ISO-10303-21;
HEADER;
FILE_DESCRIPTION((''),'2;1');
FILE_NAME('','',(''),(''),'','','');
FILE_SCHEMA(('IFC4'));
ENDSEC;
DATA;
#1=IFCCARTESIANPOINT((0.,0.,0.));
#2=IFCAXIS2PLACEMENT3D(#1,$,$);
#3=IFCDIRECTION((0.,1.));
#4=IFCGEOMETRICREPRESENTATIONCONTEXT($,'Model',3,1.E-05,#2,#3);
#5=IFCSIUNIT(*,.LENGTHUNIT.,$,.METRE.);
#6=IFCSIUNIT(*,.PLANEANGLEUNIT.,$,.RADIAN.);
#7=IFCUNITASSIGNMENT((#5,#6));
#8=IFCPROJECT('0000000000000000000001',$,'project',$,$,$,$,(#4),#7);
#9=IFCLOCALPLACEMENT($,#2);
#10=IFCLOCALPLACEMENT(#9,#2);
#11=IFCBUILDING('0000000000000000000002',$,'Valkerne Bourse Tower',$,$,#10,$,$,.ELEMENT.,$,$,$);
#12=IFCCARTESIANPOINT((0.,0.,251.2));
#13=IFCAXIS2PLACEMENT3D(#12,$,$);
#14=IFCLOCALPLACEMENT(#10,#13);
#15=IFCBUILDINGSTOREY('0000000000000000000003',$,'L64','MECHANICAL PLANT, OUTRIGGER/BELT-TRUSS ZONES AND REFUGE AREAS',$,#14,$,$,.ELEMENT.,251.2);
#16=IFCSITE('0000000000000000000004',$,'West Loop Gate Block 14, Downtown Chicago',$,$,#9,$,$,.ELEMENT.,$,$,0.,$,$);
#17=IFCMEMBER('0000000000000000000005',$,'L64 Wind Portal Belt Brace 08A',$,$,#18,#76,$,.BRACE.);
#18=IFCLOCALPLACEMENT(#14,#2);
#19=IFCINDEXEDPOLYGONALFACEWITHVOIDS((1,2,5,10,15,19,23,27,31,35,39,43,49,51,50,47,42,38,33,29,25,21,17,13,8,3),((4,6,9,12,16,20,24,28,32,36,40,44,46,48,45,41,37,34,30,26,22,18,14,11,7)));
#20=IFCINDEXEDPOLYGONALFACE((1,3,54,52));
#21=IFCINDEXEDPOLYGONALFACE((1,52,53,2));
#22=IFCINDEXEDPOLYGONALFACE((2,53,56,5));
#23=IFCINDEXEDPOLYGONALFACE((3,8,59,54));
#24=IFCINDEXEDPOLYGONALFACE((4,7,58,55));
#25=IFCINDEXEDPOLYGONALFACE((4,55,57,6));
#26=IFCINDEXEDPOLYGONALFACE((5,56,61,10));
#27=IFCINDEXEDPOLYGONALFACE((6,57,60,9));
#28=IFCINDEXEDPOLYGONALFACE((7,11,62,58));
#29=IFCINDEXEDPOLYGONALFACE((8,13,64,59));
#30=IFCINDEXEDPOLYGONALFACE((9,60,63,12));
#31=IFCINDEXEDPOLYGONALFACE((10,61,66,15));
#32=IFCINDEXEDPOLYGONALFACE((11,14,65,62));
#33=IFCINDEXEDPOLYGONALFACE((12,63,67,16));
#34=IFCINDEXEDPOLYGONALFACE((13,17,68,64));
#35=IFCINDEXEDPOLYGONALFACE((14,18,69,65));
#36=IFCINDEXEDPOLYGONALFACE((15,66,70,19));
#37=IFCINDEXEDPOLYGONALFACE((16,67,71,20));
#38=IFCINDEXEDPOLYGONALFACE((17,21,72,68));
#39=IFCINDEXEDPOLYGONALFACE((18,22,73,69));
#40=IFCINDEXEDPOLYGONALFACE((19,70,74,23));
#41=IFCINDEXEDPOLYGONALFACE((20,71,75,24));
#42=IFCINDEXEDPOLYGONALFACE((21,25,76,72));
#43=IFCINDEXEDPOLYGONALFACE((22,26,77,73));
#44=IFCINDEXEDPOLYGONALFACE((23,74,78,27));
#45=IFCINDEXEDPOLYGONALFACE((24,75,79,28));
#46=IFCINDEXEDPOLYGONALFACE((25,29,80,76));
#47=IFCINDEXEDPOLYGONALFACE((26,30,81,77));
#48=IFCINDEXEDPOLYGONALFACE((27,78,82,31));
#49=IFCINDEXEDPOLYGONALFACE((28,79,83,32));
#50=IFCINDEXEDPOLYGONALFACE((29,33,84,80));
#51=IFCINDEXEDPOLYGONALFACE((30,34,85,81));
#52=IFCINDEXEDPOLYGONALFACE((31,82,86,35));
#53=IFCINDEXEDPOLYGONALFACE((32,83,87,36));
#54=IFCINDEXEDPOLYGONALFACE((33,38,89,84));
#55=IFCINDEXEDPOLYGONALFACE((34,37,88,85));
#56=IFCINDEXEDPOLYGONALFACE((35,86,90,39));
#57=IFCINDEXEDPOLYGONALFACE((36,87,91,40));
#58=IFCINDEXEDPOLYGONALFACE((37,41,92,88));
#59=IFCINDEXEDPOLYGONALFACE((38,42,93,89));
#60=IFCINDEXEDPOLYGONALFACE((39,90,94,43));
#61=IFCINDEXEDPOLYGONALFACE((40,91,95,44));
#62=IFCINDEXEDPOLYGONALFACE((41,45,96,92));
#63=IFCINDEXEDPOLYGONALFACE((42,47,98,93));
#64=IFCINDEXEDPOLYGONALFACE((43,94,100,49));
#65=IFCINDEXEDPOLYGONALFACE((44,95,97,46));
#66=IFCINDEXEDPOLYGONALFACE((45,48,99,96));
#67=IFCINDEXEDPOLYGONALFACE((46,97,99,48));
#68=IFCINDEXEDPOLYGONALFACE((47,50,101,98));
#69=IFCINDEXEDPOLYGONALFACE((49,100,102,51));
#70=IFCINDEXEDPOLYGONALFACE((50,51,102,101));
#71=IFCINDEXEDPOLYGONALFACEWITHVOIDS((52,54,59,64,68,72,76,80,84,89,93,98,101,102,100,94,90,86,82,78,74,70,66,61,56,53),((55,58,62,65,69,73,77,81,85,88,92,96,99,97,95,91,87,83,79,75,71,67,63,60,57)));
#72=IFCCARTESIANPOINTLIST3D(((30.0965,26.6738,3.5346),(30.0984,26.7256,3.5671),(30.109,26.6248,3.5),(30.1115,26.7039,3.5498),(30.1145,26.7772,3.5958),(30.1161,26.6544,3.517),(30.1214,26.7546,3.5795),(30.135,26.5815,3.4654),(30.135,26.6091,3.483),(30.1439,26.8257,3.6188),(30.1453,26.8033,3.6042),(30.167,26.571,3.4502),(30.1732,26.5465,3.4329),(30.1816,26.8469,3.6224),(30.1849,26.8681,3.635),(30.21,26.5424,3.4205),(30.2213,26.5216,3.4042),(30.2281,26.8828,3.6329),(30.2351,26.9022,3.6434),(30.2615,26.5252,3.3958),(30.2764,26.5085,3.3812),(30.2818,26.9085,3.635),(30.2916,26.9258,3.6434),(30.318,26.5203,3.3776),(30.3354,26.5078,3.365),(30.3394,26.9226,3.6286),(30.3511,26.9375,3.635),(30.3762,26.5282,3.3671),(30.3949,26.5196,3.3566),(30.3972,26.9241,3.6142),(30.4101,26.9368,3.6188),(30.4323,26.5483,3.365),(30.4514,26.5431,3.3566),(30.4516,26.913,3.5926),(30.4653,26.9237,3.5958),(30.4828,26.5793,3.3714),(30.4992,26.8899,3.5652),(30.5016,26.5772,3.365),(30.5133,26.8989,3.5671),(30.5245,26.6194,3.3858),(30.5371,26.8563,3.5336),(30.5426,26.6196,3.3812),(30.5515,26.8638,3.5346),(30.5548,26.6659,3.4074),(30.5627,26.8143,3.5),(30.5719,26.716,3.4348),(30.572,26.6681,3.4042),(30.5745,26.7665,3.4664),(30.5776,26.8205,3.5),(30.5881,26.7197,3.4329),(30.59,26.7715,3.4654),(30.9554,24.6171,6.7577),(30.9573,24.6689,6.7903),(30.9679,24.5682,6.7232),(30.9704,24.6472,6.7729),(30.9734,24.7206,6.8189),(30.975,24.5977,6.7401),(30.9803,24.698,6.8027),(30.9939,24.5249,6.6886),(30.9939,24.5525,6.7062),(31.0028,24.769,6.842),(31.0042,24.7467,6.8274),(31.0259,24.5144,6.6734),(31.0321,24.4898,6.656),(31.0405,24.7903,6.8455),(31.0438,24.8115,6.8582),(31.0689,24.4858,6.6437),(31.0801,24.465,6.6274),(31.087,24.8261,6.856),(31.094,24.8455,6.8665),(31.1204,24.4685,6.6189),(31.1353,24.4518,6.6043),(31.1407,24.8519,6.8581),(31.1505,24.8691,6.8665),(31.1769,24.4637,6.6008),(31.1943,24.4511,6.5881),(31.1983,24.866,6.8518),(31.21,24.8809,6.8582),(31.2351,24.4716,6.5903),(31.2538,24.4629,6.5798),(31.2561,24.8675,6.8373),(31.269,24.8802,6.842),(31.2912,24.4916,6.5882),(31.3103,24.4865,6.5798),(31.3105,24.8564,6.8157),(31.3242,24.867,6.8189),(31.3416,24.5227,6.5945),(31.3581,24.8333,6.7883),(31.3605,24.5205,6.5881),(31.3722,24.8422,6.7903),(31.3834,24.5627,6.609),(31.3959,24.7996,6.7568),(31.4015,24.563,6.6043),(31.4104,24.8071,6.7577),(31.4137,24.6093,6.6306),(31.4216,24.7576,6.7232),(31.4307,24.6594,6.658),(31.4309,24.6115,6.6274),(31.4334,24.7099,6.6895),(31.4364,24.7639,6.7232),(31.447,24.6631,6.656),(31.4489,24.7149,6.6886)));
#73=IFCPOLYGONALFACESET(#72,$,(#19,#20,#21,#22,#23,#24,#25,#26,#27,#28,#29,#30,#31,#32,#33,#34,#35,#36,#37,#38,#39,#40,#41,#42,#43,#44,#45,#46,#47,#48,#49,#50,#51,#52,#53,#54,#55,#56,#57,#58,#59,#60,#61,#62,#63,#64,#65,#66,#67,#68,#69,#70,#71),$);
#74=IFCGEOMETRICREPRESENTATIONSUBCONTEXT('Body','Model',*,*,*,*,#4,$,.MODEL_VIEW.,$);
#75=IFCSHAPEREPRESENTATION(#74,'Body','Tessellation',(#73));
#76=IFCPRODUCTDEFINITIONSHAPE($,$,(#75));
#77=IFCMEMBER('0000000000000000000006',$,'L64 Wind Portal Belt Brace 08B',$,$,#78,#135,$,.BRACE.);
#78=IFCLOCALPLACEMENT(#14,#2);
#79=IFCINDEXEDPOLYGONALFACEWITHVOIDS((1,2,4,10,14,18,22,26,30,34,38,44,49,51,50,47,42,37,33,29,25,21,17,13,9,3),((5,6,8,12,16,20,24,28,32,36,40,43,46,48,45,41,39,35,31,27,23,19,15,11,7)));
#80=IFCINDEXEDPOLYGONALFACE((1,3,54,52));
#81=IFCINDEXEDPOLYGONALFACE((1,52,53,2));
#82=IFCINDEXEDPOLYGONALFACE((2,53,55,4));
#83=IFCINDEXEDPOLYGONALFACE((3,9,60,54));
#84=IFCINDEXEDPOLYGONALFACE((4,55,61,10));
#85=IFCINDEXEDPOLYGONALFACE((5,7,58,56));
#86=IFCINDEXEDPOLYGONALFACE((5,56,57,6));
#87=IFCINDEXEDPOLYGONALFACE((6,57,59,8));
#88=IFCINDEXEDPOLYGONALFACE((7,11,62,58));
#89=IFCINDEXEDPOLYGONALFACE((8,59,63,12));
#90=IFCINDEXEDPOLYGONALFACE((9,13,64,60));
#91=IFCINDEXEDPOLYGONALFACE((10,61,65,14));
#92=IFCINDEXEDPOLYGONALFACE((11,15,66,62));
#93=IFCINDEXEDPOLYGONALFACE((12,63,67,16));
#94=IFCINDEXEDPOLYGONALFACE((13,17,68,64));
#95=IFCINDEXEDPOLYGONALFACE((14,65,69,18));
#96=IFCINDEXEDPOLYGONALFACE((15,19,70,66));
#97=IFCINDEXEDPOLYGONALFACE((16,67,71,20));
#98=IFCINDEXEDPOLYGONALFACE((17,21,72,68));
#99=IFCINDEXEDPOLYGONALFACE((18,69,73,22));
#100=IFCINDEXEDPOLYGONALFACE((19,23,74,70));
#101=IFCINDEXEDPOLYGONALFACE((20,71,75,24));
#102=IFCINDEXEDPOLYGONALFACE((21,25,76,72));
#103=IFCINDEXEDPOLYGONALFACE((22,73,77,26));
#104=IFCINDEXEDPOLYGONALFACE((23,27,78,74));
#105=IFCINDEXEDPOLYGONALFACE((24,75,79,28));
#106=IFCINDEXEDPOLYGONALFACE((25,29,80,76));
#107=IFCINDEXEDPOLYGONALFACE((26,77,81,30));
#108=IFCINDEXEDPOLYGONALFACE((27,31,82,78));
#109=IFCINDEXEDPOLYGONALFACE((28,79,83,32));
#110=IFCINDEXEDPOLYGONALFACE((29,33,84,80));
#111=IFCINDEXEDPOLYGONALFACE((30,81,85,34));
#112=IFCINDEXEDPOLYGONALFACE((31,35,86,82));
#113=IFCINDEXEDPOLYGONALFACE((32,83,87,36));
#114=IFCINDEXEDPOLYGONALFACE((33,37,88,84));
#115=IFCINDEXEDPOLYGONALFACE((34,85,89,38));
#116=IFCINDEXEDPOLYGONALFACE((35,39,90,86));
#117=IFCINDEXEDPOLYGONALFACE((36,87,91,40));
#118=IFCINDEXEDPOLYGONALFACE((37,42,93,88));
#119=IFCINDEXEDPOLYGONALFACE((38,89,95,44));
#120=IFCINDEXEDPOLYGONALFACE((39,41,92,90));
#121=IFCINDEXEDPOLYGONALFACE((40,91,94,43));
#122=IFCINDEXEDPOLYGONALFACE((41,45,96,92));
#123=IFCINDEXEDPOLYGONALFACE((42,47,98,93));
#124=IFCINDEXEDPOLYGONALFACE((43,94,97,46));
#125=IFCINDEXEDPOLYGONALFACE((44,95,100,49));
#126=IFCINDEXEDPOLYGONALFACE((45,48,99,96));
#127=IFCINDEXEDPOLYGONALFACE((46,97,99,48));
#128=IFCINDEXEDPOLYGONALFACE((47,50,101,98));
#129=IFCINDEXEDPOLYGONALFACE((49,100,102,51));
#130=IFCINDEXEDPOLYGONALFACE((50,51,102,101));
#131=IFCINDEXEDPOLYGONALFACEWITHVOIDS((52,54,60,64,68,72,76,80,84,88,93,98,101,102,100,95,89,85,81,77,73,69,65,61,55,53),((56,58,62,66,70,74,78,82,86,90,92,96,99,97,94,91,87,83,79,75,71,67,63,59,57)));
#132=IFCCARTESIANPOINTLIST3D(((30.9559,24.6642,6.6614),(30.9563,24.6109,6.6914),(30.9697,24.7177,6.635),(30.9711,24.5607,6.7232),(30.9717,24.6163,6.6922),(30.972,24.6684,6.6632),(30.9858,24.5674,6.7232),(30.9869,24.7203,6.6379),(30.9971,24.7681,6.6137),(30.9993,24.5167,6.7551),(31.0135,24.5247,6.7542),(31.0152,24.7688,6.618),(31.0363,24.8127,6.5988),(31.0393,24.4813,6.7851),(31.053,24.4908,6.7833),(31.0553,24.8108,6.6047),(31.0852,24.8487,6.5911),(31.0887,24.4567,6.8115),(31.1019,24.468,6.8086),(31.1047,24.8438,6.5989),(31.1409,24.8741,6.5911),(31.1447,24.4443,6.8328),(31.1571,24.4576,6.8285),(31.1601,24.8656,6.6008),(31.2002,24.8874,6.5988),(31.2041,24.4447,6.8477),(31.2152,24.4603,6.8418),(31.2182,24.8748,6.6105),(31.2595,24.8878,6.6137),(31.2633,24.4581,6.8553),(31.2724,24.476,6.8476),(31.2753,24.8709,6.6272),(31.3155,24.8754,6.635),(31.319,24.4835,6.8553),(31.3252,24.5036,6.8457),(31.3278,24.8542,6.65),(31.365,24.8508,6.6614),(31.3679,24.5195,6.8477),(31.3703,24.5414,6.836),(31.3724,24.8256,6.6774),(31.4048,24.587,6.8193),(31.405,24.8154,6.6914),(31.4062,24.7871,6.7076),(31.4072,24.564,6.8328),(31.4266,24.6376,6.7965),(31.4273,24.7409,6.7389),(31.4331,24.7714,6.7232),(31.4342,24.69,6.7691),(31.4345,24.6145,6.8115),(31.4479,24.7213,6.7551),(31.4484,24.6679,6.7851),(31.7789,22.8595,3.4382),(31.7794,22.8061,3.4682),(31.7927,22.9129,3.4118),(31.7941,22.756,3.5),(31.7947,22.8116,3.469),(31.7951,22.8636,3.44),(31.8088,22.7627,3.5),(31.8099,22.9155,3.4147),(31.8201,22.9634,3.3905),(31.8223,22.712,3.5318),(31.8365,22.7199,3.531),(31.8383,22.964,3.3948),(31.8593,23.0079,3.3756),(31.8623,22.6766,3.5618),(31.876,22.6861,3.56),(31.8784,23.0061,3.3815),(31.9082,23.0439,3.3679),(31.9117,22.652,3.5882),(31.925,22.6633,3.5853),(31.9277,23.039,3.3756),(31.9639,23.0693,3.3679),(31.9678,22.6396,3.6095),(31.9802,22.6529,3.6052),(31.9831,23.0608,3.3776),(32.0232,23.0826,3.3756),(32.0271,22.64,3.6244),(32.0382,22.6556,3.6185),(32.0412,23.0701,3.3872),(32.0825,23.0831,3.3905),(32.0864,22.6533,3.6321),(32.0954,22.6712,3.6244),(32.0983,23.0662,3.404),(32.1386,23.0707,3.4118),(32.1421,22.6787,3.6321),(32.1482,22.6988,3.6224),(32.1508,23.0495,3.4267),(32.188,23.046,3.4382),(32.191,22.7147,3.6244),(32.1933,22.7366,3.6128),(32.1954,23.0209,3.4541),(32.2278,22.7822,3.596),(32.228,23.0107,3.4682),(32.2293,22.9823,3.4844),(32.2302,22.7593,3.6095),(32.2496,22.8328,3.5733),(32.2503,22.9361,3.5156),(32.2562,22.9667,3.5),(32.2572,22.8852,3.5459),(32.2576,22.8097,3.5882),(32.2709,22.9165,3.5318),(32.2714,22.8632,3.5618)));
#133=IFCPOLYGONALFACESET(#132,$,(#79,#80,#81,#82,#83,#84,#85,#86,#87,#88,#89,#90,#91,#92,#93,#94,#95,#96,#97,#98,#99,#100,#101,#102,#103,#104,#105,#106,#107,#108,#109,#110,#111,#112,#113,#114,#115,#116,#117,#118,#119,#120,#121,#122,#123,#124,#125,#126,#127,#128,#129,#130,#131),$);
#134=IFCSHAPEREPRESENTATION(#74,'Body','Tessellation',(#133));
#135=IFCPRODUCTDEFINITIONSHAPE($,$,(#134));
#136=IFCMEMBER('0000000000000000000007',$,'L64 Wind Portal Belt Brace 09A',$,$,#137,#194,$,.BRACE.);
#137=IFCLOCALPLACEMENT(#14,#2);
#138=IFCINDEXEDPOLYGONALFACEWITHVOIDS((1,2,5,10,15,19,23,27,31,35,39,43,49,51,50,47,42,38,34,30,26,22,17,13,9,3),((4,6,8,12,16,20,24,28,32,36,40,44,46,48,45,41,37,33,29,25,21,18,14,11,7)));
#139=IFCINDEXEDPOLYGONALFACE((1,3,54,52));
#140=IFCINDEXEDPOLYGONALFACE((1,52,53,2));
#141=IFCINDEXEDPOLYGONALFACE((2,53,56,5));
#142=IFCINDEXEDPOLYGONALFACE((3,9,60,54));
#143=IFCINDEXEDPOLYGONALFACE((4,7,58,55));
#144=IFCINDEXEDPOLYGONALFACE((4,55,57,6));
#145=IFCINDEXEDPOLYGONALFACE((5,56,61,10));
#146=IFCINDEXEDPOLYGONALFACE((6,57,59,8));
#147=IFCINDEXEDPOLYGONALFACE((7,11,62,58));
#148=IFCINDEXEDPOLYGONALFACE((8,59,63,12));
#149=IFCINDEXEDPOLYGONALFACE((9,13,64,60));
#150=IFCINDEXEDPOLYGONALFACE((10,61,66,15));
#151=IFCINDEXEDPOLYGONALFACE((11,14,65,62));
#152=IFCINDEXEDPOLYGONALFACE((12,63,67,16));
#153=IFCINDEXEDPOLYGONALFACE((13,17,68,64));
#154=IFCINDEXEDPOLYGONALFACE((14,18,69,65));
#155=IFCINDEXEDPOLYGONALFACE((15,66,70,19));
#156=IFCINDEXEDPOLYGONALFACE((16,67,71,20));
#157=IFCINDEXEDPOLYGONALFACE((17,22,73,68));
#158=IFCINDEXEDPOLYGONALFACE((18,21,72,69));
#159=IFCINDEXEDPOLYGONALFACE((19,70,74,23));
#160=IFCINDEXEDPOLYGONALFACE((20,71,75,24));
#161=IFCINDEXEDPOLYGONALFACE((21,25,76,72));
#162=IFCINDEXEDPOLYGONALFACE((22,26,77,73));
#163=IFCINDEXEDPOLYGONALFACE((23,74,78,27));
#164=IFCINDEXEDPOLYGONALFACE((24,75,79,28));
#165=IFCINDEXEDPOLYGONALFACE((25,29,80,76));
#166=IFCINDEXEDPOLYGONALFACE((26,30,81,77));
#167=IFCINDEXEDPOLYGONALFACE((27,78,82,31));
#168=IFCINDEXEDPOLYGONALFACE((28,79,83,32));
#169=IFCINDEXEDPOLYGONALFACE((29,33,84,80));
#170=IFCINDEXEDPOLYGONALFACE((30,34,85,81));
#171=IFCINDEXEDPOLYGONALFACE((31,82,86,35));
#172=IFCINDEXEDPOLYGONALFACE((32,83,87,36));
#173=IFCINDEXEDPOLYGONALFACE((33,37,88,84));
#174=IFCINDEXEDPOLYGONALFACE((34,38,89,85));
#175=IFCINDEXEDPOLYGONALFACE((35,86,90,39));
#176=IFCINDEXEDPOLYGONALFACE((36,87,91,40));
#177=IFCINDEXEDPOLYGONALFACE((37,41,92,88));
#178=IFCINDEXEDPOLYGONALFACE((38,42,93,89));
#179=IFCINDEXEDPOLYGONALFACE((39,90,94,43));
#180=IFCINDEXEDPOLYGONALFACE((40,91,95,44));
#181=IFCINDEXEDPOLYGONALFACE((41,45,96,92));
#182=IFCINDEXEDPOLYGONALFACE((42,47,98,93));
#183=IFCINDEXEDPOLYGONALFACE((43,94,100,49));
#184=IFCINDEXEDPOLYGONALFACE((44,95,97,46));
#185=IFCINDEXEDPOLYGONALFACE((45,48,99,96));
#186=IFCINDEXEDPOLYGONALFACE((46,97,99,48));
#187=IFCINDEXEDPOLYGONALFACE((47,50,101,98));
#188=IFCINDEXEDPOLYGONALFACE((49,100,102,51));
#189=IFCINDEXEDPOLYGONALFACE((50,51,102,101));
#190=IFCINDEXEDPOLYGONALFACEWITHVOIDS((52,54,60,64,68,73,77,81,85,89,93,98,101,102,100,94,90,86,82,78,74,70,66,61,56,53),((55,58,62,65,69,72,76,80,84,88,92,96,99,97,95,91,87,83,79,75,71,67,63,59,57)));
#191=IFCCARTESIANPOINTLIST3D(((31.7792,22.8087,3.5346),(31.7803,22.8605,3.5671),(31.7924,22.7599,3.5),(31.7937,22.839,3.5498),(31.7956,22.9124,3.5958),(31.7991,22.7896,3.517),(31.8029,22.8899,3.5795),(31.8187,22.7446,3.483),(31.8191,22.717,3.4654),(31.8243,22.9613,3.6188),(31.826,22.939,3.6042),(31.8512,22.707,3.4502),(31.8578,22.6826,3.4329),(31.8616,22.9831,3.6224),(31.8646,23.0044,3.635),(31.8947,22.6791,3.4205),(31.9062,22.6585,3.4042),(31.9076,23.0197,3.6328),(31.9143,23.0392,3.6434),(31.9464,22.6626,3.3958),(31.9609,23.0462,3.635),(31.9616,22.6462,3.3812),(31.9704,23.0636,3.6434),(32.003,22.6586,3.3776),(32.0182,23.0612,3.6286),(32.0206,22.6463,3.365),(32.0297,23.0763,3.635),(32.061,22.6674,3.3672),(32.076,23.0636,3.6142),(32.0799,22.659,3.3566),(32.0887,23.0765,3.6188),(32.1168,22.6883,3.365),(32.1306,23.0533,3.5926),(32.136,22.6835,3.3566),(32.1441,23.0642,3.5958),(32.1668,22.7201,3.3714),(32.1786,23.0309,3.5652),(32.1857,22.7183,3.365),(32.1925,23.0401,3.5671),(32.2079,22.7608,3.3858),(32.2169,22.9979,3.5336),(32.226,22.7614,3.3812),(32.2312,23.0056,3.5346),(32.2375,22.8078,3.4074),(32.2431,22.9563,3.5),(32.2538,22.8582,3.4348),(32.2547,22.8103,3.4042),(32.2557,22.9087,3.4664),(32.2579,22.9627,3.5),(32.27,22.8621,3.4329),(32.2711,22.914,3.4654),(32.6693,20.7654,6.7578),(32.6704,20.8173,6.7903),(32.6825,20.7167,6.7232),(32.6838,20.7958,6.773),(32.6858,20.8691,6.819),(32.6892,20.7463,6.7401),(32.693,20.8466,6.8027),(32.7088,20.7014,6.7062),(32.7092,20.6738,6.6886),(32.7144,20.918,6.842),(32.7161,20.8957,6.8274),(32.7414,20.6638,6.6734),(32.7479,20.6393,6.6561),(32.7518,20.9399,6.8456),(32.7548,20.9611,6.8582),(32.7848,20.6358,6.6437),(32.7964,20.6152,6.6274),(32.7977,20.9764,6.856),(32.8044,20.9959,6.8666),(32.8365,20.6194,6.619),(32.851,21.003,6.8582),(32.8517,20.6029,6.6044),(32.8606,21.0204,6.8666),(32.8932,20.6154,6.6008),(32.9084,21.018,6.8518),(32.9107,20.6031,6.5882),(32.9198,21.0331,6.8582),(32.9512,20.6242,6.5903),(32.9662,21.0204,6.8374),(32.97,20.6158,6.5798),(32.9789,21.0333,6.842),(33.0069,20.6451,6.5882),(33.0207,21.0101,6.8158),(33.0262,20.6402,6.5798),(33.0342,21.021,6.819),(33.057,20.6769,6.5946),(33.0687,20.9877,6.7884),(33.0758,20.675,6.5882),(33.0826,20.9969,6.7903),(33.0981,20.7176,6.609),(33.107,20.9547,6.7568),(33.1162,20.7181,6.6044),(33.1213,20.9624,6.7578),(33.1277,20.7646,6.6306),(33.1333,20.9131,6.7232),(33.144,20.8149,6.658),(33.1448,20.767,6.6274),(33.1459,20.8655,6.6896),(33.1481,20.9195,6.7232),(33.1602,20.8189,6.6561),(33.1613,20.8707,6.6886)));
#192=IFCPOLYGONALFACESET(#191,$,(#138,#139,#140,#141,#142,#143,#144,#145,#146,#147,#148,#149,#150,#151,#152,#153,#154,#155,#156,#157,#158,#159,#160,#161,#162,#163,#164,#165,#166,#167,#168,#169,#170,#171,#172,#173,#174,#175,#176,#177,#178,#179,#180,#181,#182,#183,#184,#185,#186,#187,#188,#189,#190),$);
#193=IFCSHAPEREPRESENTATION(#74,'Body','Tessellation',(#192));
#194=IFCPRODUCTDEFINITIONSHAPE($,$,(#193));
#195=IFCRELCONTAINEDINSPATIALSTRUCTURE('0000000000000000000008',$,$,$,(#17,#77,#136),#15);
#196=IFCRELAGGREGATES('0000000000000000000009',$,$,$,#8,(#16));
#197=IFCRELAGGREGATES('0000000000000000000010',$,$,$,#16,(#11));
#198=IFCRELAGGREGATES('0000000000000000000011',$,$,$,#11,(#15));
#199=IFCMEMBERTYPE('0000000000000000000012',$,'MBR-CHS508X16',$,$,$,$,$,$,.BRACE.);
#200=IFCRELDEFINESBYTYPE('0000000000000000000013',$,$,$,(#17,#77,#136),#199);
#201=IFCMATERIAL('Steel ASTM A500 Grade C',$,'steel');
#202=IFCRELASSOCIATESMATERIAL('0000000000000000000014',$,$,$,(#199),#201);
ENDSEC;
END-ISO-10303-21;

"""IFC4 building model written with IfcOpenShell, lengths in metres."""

from ifc_helpers import new_model, si_unit, direction, frame, origin, origin_2d, place, context, subcontext, project, spatial, hollow_circle, extrude, material, material_profile, profile_set, type_object, element, save


model = new_model("IFC4")

# Units and contexts
model_context = context("Model", 3, precision=1e-05, world=origin(), true_north=direction((0.0, 1.0)))
body_context = subcontext(model_context, "Body", "Model", "MODEL_VIEW")
ifc_project = project(units=[si_unit("LENGTHUNIT", "METRE"), si_unit("PLANEANGLEUNIT", "RADIAN")], contexts=[model_context])

# Site, building, storey
site_placement = place(None, origin())
site = spatial("IfcSite", under=ifc_project, at=site_placement, Name="West Loop Gate Block 14, Downtown Chicago", CompositionType="ELEMENT", RefElevation=0.0)
building_placement = place(site_placement, origin())
building = spatial("IfcBuilding", under=site, at=building_placement, Name="Valkerne Bourse Tower", CompositionType="ELEMENT")
storey_placement = place(building_placement, frame((0.0, 0.0, 251.2)))
storey = spatial("IfcBuildingStorey", under=building, at=storey_placement, Name="L64", Description="MECHANICAL PLANT, OUTRIGGER/BELT-TRUSS ZONES AND REFUGE AREAS", CompositionType="ELEMENT", Elevation=251.2)

# Members
ifc_material_1 = material(Name="Steel ASTM A500 Grade C", Category="steel")
ifc_material_profile_1 = material_profile(ifc_material_1, hollow_circle(Radius=0.2539, WallThickness=0.0161, at=origin_2d()), Name="CHS508X16")
ifc_profile_set_1 = profile_set([ifc_material_profile_1], Name="Steel ASTM A500 Grade C")
member_type_1 = type_object("IfcMemberType", Name="MBR-CHS508X16", PredefinedType="BRACE", material=ifc_profile_set_1)
member_1_placement = place(storey_placement, frame((30.3433, 26.7227, 3.5), z_axis=(0.219177, -0.524829, 0.822506), x_axis=(0.922766, 0.385362, 0.0)))
element("IfcMember", 1, at=member_1_placement, inside=storey, type_object=member_type_1, Name="L64 Wind Portal Belt Brace 08A", PredefinedType="BRACE", context=body_context, shape_type="SweptSolid", body=[
    extrude(hollow_circle(Radius=0.2539, WallThickness=0.0161, at=origin_2d()), origin(), (0.0, 0.0, 1.0), 3.9187),
])
member_2_placement = place(storey_placement, frame((32.0251, 22.8613, 3.5), z_axis=(-0.217462, 0.476855, 0.851657), x_axis=(-0.909856, -0.414925, 0.0)))
element("IfcMember", 2, at=member_2_placement, inside=storey, type_object=member_type_1, Name="L64 Wind Portal Belt Brace 08B", PredefinedType="BRACE", context=body_context, shape_type="SweptSolid", body=[
    extrude(hollow_circle(Radius=0.2539, WallThickness=0.0161, at=origin_2d()), origin(), (0.0, 0.0, 1.0), 3.7847),
])
member_3_placement = place(storey_placement, frame((32.0251, 22.8613, 3.5), z_axis=(0.227155, -0.521409, 0.822517), x_axis=(0.916777, 0.399399, 0.0)))
element("IfcMember", 3, at=member_3_placement, inside=storey, type_object=member_type_1, Name="L64 Wind Portal Belt Brace 09A", PredefinedType="BRACE", context=body_context, shape_type="SweptSolid", body=[
    extrude(hollow_circle(Radius=0.2539, WallThickness=0.0161, at=origin_2d()), origin(), (0.0, 0.0, 1.0), 3.9187),
])

save(model, "model.ifc")
